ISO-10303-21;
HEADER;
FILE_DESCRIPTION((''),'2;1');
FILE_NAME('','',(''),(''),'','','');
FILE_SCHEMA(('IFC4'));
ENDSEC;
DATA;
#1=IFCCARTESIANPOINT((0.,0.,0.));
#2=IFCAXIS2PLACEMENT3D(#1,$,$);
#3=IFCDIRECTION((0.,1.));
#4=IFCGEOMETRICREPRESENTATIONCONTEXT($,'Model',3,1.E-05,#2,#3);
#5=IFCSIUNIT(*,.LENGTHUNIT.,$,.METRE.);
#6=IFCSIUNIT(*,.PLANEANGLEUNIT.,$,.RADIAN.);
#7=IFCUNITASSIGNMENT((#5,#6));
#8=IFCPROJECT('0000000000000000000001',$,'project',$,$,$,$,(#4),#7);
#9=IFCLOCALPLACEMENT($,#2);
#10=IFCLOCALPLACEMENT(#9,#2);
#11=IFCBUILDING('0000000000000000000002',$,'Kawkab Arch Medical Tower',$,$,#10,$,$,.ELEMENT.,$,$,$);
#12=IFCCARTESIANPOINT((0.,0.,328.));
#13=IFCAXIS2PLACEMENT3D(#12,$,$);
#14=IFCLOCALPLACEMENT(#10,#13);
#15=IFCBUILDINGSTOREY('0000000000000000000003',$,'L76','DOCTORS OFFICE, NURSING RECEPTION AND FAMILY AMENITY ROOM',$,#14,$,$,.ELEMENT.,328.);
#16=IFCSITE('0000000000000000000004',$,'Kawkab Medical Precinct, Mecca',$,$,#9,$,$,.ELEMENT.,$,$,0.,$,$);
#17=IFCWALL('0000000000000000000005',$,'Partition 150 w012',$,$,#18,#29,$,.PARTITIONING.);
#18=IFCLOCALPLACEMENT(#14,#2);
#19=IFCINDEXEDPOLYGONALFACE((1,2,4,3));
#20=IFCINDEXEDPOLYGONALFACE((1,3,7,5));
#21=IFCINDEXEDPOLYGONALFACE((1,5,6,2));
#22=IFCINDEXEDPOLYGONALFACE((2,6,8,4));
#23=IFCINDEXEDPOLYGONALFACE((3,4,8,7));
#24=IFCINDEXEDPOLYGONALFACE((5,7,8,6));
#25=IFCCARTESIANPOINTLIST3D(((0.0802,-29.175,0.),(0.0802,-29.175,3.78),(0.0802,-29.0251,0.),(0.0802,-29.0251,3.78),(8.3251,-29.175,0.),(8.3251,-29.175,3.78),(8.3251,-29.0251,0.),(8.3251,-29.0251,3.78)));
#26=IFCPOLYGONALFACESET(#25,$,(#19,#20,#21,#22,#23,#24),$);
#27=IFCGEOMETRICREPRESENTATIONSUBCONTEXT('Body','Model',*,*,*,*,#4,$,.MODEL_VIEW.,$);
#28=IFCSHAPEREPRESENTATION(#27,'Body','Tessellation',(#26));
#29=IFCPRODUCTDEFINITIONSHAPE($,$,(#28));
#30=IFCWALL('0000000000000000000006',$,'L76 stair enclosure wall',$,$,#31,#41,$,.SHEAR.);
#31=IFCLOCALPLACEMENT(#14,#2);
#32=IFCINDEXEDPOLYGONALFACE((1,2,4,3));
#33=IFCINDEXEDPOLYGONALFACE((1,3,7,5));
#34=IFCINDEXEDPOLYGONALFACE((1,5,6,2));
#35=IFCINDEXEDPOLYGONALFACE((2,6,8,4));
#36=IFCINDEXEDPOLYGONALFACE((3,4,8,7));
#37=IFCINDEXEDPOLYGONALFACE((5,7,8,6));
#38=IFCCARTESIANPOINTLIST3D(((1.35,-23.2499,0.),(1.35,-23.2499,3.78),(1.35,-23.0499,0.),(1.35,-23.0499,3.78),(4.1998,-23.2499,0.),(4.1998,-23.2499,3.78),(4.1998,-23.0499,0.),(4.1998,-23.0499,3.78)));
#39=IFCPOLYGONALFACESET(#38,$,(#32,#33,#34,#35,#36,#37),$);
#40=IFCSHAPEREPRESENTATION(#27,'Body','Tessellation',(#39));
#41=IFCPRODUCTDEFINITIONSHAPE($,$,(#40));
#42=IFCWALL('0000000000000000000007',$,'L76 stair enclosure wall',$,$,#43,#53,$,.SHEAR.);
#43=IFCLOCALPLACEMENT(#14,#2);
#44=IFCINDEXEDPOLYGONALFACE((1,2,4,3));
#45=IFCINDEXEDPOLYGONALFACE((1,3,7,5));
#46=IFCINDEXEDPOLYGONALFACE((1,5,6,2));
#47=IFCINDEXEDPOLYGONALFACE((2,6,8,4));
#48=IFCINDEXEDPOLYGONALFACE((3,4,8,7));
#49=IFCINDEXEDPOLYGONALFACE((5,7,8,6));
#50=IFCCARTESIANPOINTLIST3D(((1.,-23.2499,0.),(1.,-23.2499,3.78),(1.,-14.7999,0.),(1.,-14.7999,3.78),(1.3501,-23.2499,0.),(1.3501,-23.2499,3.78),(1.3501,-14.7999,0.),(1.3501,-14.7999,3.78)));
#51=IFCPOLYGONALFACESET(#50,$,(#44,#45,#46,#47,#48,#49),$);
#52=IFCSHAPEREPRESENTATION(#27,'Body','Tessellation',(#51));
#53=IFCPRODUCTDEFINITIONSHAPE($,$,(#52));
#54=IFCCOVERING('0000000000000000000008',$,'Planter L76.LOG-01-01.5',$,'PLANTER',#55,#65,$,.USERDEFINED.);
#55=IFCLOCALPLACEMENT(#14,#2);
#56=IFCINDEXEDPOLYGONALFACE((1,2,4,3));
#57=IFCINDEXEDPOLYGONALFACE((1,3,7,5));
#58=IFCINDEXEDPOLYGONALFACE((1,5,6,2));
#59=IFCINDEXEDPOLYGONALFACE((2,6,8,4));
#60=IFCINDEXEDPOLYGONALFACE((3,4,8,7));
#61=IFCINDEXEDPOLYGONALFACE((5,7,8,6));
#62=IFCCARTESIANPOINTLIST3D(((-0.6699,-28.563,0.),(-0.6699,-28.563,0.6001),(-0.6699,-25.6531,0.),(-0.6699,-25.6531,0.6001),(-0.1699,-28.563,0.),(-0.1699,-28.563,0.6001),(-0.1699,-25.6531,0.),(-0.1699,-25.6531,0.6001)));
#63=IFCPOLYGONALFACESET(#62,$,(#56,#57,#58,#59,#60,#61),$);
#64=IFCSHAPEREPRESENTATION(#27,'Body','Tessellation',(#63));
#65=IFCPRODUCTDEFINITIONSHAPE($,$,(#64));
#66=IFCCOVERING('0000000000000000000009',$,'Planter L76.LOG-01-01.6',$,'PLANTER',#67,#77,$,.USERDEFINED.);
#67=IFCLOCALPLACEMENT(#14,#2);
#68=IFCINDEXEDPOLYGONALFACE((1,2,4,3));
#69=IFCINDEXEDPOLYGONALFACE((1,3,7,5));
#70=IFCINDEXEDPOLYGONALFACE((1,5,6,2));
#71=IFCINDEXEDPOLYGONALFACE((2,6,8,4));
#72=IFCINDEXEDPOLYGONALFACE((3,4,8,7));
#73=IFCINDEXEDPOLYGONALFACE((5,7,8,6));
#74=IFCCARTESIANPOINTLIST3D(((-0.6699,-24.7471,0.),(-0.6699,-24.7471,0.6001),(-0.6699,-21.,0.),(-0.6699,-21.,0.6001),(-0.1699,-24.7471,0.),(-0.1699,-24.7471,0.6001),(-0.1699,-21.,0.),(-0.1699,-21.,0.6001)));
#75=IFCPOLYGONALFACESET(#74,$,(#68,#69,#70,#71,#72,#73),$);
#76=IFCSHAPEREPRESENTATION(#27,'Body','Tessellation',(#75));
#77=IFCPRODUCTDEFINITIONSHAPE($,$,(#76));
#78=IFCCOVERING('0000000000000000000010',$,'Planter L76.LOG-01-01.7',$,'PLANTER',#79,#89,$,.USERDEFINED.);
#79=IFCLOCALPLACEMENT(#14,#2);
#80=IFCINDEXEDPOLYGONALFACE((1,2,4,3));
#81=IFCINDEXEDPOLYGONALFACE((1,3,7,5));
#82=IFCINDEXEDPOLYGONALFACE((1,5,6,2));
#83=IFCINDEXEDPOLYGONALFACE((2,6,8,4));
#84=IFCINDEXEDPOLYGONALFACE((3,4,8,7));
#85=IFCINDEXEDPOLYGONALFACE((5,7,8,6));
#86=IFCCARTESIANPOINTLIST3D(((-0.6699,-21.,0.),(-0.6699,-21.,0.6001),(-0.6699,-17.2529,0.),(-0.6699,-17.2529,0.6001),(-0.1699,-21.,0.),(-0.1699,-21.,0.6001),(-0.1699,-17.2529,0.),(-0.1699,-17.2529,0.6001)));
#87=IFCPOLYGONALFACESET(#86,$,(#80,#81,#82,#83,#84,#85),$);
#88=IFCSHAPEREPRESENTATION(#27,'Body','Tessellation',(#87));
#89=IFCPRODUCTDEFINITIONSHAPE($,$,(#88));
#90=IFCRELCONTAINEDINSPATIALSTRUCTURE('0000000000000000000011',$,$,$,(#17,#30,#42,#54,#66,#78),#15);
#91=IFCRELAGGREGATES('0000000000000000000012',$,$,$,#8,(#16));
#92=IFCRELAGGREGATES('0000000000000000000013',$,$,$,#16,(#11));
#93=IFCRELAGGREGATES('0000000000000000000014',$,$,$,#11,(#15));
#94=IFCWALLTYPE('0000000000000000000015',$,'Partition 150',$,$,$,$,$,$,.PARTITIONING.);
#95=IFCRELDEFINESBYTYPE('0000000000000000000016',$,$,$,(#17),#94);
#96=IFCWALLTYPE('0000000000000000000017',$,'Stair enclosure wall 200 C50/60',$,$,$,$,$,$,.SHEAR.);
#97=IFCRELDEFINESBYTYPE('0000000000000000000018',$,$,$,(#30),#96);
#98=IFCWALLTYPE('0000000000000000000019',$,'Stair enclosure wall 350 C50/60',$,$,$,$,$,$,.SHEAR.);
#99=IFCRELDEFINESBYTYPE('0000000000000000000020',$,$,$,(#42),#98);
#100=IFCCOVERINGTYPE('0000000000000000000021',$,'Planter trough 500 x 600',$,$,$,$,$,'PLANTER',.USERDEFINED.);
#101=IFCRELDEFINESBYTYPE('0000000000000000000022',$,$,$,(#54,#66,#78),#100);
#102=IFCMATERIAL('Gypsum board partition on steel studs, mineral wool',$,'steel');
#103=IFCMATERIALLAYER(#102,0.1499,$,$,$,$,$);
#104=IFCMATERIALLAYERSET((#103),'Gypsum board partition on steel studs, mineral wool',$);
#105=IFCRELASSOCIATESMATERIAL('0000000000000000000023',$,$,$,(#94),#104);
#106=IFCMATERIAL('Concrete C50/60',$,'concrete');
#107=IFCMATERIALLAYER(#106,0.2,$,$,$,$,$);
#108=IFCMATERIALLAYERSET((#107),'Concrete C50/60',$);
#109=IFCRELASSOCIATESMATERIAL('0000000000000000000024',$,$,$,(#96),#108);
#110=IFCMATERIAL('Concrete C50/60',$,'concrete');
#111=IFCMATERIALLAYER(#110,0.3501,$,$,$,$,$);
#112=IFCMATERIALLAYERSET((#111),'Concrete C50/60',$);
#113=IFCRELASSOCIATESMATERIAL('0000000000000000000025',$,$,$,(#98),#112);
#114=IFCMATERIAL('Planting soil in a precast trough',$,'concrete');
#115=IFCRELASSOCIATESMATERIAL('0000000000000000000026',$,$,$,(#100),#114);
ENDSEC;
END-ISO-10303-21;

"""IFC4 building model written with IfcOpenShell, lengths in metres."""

from ifc_helpers import new_model, si_unit, direction, frame, frame_2d, origin, origin_2d, place, context, subcontext, project, spatial, rectangle, extrude, material, layer, layer_set, material_profile, profile_set, type_object, element, save


model = new_model("IFC4")

# Units and contexts
model_context = context("Model", 3, precision=1e-05, world=origin(), true_north=direction((0.0, 1.0)))
body_context = subcontext(model_context, "Body", "Model", "MODEL_VIEW")
ifc_project = project(units=[si_unit("LENGTHUNIT", "METRE"), si_unit("PLANEANGLEUNIT", "RADIAN")], contexts=[model_context])

# Site, building, storey
site_placement = place(None, origin())
site = spatial("IfcSite", under=ifc_project, at=site_placement, Name="Kawkab Medical Precinct, Mecca", CompositionType="ELEMENT", RefElevation=0.0)
building_placement = place(site_placement, origin())
building = spatial("IfcBuilding", under=site, at=building_placement, Name="Kawkab Arch Medical Tower", CompositionType="ELEMENT")
storey_placement = place(building_placement, frame((0.0, 0.0, 328.0)))
storey = spatial("IfcBuildingStorey", under=building, at=storey_placement, Name="L76", Description="DOCTORS OFFICE, NURSING RECEPTION AND FAMILY AMENITY ROOM", CompositionType="ELEMENT", Elevation=328.0)

# Shared definitions
ifc_material_1 = material(Name="Gypsum board partition on steel studs, mineral wool", Category="steel")
ifc_layer_1 = layer(ifc_material_1, 0.1499)
ifc_layer_set_1 = layer_set([ifc_layer_1], Name="Gypsum board partition on steel studs, mineral wool")
wall_type_1 = type_object("IfcWallType", Name="Partition 150", PredefinedType="PARTITIONING", material=ifc_layer_set_1)

# Walls
wall_1_placement = place(storey_placement, frame((0.0801, -29.1001, 0.0), z_axis=(0.0, 0.0, 1.0), x_axis=(1.0, 0.0, 0.0)))
element("IfcWall", 1, at=wall_1_placement, inside=storey, type_object=wall_type_1, Name="Partition 150 w012", PredefinedType="PARTITIONING", context=body_context, shape_type="SweptSolid", body=[
    extrude(rectangle(XDim=8.2449, YDim=0.1499, at=frame_2d((4.1226, 0.0))), origin(), (0.0, 0.0, 1.0), 3.78),
])
ifc_material_2 = material(Name="Concrete C50/60", Category="concrete")
ifc_layer_2 = layer(ifc_material_2, 0.2)
ifc_layer_set_2 = layer_set([ifc_layer_2], Name="Concrete C50/60")
wall_type_2 = type_object("IfcWallType", Name="Stair enclosure wall 200 C50/60", PredefinedType="SHEAR", material=ifc_layer_set_2)
wall_2_placement = place(storey_placement, frame((1.3501, -23.1499, 0.0), z_axis=(0.0, 0.0, 1.0), x_axis=(1.0, 0.0, 0.0)))
element("IfcWall", 2, at=wall_2_placement, inside=storey, type_object=wall_type_2, Name="L76 stair enclosure wall", PredefinedType="SHEAR", context=body_context, shape_type="SweptSolid", body=[
    extrude(rectangle(XDim=2.8499, YDim=0.2, at=frame_2d((1.4248, 0.0))), origin(), (0.0, 0.0, 1.0), 3.78),
])
ifc_material_3 = material(Name="Concrete C50/60", Category="concrete")
ifc_layer_3 = layer(ifc_material_3, 0.3501)
ifc_layer_set_3 = layer_set([ifc_layer_3], Name="Concrete C50/60")
wall_type_3 = type_object("IfcWallType", Name="Stair enclosure wall 350 C50/60", PredefinedType="SHEAR", material=ifc_layer_set_3)
wall_3_placement = place(storey_placement, frame((1.175, -23.25, 0.0), z_axis=(0.0, 0.0, 1.0), x_axis=(0.0, 1.0, 0.0)))
element("IfcWall", 3, at=wall_3_placement, inside=storey, type_object=wall_type_3, Name="L76 stair enclosure wall", PredefinedType="SHEAR", context=body_context, shape_type="SweptSolid", body=[
    extrude(rectangle(XDim=8.45, YDim=0.3501, at=frame_2d((4.2251, 0.0))), origin(), (0.0, 0.0, 1.0), 3.78),
])

# Coverings
ifc_material_4 = material(Name="Planting soil in a precast trough", Category="concrete")
ifc_material_profile_1 = material_profile(ifc_material_4, rectangle(XDim=0.5, YDim=0.6001, at=origin_2d()), Name="Trough 500x600")
ifc_profile_set_1 = profile_set([ifc_material_profile_1], Name="Planting soil in a precast trough")
covering_type = type_object("IfcCoveringType", Name="Planter trough 500 x 600", ElementType="PLANTER", PredefinedType="USERDEFINED", material=ifc_profile_set_1)
covering_placement = place(storey_placement, frame((-0.4199, -28.563, 0.3), z_axis=(0.0, 1.0, 0.0), x_axis=(-1.0, 0.0, 0.0)))
element("IfcCovering", 4, at=covering_placement, inside=storey, type_object=covering_type, Name="Planter L76.LOG-01-01.5", ObjectType="PLANTER", PredefinedType="USERDEFINED", context=body_context, shape_type="SweptSolid", body=[
    extrude(rectangle(XDim=0.5, YDim=0.6001, at=origin_2d()), origin(), (0.0, 0.0, 1.0), 2.9099),
])
for number, where, z_axis, x_axis, name in (
    (5, (-0.4199, -24.7471, 0.3), (0.0, 1.0, 0.0), (-1.0, 0.0, 0.0), "Planter L76.LOG-01-01.6"),
    (6, (-0.4199, -21.0, 0.3), (0.0, 1.0, 0.0), (-1.0, 0.0, 0.0), "Planter L76.LOG-01-01.7"),
):
    element("IfcCovering", number, at=place(storey_placement, frame(where, z_axis=z_axis, x_axis=x_axis)), inside=storey, type_object=covering_type, Name=name, ObjectType="PLANTER", PredefinedType="USERDEFINED", context=body_context, shape_type="SweptSolid", body=[
        extrude(rectangle(XDim=0.5, YDim=0.6001, at=origin_2d()), origin(), (0.0, 0.0, 1.0), 3.7471),
    ])

save(model, "model.ifc")
